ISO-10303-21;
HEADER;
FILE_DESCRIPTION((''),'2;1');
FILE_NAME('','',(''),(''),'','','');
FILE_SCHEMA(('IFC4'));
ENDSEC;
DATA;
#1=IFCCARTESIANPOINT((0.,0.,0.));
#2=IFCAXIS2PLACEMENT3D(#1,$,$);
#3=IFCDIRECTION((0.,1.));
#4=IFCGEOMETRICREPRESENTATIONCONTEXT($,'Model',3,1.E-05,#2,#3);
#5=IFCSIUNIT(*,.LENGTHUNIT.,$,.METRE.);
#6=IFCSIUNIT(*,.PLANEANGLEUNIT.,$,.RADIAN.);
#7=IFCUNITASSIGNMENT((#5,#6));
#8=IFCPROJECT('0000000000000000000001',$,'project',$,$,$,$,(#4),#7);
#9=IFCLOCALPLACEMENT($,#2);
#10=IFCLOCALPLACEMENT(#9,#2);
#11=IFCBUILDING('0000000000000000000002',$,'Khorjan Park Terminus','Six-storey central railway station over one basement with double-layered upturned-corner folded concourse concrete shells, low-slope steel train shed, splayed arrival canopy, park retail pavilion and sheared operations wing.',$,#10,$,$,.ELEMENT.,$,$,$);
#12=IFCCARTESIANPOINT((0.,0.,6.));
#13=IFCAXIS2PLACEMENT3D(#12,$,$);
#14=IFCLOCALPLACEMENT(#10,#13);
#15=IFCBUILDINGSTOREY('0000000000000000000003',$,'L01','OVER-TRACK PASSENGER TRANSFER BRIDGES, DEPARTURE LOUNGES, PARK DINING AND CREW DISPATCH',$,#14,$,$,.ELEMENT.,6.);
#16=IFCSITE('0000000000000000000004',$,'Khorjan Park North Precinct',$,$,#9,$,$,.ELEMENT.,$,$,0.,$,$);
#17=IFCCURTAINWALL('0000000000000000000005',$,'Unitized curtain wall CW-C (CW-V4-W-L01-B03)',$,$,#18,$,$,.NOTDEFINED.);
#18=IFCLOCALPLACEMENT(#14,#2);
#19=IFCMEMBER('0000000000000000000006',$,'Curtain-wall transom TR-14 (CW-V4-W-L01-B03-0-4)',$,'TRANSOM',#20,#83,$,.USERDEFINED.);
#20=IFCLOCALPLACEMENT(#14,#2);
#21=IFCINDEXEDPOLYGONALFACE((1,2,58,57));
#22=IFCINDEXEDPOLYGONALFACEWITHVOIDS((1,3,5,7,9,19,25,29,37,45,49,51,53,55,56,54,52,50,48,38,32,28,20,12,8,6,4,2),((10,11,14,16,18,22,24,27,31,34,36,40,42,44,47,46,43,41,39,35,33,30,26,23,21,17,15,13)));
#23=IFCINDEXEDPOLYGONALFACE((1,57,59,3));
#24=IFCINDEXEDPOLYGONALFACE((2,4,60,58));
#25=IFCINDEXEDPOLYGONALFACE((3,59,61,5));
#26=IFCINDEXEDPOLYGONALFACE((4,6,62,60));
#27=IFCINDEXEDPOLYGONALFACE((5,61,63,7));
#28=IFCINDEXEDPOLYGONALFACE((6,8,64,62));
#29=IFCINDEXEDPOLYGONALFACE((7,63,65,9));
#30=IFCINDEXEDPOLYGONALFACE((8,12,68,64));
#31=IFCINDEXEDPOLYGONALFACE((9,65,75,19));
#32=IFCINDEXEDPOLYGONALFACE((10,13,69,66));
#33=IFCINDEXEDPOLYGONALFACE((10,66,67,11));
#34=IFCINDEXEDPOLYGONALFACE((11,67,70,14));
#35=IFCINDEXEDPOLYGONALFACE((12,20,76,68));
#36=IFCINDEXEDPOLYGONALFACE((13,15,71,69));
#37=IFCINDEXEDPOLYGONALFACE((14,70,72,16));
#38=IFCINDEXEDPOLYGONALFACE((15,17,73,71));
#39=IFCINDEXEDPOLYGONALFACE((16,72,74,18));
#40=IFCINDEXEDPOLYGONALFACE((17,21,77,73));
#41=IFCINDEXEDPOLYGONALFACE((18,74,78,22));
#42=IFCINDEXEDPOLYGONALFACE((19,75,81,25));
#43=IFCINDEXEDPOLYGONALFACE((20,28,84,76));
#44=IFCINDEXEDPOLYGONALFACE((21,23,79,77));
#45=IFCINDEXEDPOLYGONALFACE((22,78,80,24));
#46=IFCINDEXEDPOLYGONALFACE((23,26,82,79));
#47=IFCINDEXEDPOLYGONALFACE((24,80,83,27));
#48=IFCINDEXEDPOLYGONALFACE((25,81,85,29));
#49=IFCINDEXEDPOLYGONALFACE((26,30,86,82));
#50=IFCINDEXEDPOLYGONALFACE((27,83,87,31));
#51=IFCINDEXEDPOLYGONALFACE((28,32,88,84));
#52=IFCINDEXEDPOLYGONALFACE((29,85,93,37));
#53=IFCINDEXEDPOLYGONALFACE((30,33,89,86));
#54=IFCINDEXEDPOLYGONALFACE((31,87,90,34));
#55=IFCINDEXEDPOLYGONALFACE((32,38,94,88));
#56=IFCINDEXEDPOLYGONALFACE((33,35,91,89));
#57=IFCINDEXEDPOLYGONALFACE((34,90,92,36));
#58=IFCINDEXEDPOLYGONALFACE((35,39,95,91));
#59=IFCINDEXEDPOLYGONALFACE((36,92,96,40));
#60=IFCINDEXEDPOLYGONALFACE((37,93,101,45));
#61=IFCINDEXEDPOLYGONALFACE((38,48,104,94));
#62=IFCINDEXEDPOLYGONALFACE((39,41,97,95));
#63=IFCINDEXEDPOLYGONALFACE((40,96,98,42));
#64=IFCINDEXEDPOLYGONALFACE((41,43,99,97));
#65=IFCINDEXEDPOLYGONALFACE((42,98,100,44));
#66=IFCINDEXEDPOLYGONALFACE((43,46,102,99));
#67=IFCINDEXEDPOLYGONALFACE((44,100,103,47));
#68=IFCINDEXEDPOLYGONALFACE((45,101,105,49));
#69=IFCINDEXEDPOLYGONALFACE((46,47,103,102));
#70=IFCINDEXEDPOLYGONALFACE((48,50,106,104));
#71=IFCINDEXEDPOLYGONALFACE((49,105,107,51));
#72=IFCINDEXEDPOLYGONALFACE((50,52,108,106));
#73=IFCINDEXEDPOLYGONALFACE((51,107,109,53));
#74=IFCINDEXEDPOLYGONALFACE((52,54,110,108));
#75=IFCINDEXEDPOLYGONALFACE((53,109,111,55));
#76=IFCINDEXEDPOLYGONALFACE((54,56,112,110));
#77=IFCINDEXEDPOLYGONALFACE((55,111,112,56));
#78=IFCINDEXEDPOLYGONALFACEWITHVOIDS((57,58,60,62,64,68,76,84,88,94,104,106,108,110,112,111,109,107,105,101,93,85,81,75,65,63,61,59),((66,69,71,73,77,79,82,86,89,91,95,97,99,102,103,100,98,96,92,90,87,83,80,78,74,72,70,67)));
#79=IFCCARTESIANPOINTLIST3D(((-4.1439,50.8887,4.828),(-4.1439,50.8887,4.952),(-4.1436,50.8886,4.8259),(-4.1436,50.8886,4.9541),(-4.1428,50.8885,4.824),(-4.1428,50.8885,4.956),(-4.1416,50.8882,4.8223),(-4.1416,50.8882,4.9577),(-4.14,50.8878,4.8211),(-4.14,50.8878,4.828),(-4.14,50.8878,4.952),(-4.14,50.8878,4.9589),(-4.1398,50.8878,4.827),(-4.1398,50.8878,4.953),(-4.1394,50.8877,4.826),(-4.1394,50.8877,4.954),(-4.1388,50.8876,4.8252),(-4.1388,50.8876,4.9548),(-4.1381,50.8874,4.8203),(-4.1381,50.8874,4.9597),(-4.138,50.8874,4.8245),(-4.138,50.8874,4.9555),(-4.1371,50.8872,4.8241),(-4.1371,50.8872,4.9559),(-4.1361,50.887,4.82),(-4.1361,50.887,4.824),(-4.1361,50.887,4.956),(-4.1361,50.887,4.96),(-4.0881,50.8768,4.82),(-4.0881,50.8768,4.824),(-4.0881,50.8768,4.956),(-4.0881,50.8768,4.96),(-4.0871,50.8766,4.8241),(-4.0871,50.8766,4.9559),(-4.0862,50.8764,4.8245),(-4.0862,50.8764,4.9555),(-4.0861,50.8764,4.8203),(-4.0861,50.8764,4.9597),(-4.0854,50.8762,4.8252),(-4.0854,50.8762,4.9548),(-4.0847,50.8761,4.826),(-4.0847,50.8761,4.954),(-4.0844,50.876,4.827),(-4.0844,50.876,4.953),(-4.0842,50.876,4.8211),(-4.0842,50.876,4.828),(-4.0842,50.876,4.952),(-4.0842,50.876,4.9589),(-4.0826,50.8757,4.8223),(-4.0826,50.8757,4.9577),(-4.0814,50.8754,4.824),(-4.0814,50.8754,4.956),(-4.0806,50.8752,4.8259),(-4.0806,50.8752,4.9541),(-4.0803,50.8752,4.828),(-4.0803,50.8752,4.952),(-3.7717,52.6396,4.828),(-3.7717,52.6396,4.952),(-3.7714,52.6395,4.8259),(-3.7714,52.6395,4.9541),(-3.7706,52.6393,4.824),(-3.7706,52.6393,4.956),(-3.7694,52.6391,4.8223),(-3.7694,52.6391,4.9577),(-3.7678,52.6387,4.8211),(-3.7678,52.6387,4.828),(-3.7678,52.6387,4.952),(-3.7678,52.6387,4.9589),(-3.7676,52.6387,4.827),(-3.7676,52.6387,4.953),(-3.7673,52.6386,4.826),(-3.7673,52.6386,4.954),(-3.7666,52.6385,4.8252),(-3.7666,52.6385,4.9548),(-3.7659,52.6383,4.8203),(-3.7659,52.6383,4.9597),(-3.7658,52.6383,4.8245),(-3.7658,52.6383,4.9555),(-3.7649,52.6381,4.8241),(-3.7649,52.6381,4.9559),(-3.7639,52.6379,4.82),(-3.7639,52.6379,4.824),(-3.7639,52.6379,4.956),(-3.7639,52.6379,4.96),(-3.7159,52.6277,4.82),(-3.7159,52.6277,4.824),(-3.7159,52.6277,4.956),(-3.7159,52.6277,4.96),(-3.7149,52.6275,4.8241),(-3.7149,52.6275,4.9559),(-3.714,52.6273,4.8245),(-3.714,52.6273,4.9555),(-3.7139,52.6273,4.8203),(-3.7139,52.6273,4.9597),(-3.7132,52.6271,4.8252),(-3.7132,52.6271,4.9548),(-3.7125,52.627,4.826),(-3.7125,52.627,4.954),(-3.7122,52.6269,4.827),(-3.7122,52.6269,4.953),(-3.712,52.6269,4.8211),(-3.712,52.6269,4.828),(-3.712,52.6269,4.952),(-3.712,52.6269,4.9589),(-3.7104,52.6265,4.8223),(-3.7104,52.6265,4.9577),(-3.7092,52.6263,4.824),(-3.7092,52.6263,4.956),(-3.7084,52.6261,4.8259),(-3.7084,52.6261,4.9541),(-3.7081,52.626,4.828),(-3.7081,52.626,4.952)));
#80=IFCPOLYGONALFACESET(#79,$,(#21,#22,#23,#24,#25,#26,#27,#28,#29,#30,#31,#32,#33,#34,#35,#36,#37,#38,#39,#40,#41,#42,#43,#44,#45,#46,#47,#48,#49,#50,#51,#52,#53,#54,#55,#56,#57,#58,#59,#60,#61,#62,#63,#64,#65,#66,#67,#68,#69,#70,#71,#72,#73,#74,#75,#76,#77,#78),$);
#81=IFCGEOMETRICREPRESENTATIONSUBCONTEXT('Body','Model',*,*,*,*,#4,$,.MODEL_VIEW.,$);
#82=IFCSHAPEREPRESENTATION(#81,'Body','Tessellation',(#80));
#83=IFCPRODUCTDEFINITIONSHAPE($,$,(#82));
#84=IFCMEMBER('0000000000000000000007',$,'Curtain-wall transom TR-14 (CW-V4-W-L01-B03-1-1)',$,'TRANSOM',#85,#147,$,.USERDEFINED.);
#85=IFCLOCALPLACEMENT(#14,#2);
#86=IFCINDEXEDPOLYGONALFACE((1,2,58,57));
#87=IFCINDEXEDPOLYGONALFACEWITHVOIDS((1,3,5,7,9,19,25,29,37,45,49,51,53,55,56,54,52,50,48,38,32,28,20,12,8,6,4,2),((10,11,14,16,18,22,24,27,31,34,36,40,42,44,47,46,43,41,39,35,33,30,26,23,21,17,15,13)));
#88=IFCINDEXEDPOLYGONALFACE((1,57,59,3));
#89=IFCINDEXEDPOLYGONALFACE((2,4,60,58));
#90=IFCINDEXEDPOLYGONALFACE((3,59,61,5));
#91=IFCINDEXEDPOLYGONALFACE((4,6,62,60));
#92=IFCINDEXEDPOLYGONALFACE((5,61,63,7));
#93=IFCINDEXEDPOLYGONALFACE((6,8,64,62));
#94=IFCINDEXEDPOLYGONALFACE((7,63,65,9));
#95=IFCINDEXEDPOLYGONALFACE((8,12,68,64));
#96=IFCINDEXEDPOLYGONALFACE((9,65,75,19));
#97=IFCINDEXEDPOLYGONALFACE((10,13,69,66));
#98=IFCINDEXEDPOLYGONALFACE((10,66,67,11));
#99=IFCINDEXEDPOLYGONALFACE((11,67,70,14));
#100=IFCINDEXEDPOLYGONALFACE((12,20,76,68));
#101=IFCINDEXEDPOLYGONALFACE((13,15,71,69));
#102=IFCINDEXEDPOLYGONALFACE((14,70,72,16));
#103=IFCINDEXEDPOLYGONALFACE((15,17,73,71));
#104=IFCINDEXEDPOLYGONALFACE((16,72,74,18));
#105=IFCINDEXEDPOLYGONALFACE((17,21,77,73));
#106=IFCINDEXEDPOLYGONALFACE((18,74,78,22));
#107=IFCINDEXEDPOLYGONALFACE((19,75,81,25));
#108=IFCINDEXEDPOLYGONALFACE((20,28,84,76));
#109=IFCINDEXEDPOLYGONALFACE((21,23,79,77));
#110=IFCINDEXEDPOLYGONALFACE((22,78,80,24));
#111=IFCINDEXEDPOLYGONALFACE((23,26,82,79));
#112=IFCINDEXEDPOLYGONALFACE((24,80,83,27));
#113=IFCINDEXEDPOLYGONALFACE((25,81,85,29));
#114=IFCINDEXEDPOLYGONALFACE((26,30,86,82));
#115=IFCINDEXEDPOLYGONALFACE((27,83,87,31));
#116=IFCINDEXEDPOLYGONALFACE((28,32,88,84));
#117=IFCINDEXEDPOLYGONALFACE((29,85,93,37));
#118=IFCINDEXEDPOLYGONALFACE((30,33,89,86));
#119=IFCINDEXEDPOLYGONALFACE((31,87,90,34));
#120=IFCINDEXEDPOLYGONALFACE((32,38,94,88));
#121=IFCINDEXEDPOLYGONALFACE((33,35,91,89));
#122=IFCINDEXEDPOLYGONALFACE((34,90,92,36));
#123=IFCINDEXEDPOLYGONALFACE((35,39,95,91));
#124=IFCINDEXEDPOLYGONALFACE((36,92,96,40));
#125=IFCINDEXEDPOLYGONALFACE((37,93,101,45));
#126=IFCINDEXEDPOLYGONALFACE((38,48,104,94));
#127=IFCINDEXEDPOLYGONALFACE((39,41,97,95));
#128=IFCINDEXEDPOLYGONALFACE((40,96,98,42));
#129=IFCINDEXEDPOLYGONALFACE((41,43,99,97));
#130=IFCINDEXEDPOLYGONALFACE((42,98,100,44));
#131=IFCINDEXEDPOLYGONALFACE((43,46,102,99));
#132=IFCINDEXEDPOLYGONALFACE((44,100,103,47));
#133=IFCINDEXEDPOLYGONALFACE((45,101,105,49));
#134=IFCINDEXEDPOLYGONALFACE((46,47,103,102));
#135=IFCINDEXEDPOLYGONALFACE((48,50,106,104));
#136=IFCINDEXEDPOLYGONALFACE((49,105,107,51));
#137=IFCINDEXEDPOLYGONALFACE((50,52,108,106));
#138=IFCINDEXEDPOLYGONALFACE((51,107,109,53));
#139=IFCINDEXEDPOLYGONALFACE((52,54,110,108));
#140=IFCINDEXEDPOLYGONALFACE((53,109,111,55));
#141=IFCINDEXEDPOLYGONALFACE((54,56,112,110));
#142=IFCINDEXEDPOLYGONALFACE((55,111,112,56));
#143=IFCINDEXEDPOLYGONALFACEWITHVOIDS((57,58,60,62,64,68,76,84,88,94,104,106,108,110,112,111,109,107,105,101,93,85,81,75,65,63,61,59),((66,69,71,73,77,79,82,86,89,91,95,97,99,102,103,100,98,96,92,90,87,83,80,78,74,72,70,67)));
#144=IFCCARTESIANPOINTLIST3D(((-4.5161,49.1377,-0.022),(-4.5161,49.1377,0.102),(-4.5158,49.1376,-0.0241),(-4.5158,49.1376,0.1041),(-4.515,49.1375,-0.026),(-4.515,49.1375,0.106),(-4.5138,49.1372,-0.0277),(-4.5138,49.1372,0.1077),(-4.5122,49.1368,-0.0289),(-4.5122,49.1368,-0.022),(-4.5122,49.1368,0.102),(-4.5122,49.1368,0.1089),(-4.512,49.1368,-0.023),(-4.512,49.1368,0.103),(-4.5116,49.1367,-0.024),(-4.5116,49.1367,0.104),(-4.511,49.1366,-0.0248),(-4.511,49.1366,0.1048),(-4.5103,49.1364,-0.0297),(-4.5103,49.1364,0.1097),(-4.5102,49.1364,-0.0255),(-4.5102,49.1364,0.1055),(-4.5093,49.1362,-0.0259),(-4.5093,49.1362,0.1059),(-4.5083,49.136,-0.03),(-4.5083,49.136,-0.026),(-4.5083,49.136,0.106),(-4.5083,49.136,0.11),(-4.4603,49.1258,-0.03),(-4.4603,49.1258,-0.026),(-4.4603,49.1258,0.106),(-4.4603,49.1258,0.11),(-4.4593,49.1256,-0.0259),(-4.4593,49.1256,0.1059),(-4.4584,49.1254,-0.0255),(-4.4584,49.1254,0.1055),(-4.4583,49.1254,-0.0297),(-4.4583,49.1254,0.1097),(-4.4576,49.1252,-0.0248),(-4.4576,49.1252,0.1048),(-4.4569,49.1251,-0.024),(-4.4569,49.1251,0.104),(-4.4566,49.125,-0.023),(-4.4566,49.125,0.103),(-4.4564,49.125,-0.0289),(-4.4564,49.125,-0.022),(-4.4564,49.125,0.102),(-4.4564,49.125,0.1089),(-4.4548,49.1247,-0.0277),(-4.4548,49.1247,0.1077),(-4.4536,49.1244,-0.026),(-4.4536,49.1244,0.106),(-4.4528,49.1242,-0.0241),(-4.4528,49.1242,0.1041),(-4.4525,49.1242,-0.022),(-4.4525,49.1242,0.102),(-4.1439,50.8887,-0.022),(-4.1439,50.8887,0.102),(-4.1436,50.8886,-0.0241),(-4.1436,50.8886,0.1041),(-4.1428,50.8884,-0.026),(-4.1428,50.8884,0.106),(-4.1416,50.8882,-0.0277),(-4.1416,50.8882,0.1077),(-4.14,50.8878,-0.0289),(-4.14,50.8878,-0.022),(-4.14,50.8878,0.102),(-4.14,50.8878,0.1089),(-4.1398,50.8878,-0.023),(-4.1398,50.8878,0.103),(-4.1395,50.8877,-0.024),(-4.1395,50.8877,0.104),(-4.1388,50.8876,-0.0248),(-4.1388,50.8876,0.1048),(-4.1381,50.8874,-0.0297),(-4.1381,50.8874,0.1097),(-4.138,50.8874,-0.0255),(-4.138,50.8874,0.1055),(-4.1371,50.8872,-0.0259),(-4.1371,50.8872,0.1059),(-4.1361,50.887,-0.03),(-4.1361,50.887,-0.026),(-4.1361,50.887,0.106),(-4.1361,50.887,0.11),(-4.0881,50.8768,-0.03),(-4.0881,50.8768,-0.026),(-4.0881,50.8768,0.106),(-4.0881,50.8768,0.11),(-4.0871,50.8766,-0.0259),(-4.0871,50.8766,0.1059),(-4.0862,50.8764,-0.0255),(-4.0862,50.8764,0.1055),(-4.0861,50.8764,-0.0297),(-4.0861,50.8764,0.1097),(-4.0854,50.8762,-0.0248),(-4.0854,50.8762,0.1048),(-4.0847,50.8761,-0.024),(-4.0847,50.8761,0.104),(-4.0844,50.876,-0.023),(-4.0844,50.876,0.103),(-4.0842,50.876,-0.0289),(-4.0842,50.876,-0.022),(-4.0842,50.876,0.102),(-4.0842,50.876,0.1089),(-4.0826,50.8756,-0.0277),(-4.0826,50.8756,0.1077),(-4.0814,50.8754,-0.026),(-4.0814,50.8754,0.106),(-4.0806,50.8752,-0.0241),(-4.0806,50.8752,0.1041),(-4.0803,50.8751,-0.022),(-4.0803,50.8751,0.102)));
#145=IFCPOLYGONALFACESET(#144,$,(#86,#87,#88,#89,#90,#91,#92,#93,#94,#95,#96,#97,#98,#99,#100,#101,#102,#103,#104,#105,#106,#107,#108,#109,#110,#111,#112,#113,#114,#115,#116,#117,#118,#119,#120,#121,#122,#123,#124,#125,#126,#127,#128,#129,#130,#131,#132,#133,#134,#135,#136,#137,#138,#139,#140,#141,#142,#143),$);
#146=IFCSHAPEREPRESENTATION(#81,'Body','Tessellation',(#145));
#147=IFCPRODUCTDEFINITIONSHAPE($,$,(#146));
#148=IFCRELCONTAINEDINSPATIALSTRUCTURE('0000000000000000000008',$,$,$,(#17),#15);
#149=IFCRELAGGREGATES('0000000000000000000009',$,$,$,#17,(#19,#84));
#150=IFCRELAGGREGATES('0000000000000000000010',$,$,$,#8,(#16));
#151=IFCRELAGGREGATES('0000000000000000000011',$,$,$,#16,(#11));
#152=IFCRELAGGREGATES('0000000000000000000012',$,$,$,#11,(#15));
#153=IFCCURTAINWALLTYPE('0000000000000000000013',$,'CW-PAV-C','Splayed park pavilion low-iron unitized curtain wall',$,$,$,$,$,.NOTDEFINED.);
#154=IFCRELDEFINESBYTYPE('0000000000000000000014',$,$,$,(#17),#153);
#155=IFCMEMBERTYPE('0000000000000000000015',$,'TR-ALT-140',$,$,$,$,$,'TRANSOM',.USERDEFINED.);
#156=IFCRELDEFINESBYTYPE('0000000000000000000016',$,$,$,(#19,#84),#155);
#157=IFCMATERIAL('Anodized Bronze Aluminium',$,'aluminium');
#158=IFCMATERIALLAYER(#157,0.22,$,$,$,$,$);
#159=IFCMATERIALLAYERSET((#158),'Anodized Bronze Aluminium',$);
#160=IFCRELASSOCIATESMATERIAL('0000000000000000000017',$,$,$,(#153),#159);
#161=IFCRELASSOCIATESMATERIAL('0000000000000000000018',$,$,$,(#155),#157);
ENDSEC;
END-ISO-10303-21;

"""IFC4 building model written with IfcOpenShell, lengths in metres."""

from ifc_helpers import new_model, si_unit, direction, frame, origin, origin_2d, place, context, subcontext, project, spatial, hollow_rectangle, extrude, material, layer, layer_set, material_profile, profile_set, type_object, element, aggregate, save


model = new_model("IFC4")

# Units and contexts
model_context = context("Model", 3, precision=1e-05, world=origin(), true_north=direction((0.0, 1.0)))
body_context = subcontext(model_context, "Body", "Model", "MODEL_VIEW")
ifc_project = project(units=[si_unit("LENGTHUNIT", "METRE"), si_unit("PLANEANGLEUNIT", "RADIAN")], contexts=[model_context])

# Site, building, storey
site_placement = place(None, origin())
site = spatial("IfcSite", under=ifc_project, at=site_placement, Name="Khorjan Park North Precinct", CompositionType="ELEMENT", RefElevation=0.0)
building_placement = place(site_placement, origin())
building = spatial("IfcBuilding", under=site, at=building_placement, Name="Khorjan Park Terminus", Description="Six-storey central railway station over one basement with double-layered upturned-corner folded concourse concrete shells, low-slope steel train shed, splayed arrival canopy, park retail pavilion and sheared operations wing.", CompositionType="ELEMENT")
storey_placement = place(building_placement, frame((0.0, 0.0, 6.0)))
storey = spatial("IfcBuildingStorey", under=building, at=storey_placement, Name="L01", Description="OVER-TRACK PASSENGER TRANSFER BRIDGES, DEPARTURE LOUNGES, PARK DINING AND CREW DISPATCH", CompositionType="ELEMENT", Elevation=6.0)

# Shared definitions
ifc_material_1 = material(Name="Anodized Bronze Aluminium", Category="aluminium")
ifc_layer_1 = layer(ifc_material_1, 0.22)
ifc_layer_set_1 = layer_set([ifc_layer_1], Name="Anodized Bronze Aluminium")
curtain_wall_type = type_object("IfcCurtainWallType", Name="CW-PAV-C", Description="Splayed park pavilion low-iron unitized curtain wall", PredefinedType="NOTDEFINED", material=ifc_layer_set_1)

# Curtain wall, members
curtain_wall_1_placement = place(storey_placement, origin())
curtain_wall_1 = element("IfcCurtainWall", 1, at=curtain_wall_1_placement, inside=storey, type_object=curtain_wall_type, Name="Unitized curtain wall CW-C (CW-V4-W-L01-B03)", PredefinedType="NOTDEFINED")
ifc_material_profile_1 = material_profile(ifc_material_1, hollow_rectangle(XDim=0.065, YDim=0.14, WallThickness=0.004, InnerFilletRadius=0.004, OuterFilletRadius=0.008, at=origin_2d()), Name="ALT 65x140x4")
ifc_profile_set_1 = profile_set([ifc_material_profile_1], Name="Anodized Bronze Aluminium")
member_type_1 = type_object("IfcMemberType", Name="TR-ALT-140", ElementType="TRANSOM", PredefinedType="USERDEFINED", material=ifc_profile_set_1)
member_1_placement = place(storey_placement, frame((-3.7399, 52.6328, 4.89), z_axis=(-0.20793, -0.978144, 0.0), x_axis=(0.978144, -0.20793, 0.0)))
member_1 = element("IfcMember", 2, at=member_1_placement, type_object=member_type_1, Name="Curtain-wall transom TR-14 (CW-V4-W-L01-B03-0-4)", ObjectType="TRANSOM", PredefinedType="USERDEFINED", context=body_context, shape_type="SweptSolid", body=[
    extrude(hollow_rectangle(XDim=0.065, YDim=0.14, WallThickness=0.004, InnerFilletRadius=0.004, OuterFilletRadius=0.008, at=origin_2d()), origin(), (0.0, 0.0, 1.0), 1.79),
])
member_2_placement = place(storey_placement, frame((-4.1121, 50.8819, 0.04), z_axis=(-0.207919, -0.978146, 0.0), x_axis=(0.978146, -0.207919, 0.0)))
member_2 = element("IfcMember", 3, at=member_2_placement, type_object=member_type_1, Name="Curtain-wall transom TR-14 (CW-V4-W-L01-B03-1-1)", ObjectType="TRANSOM", PredefinedType="USERDEFINED", context=body_context, shape_type="SweptSolid", body=[
    extrude(hollow_rectangle(XDim=0.065, YDim=0.14, WallThickness=0.004, InnerFilletRadius=0.004, OuterFilletRadius=0.008, at=origin_2d()), origin(), (0.0, 0.0, 1.0), 1.7901),
])

aggregate(curtain_wall_1, [member_1, member_2])

save(model, "model.ifc")
